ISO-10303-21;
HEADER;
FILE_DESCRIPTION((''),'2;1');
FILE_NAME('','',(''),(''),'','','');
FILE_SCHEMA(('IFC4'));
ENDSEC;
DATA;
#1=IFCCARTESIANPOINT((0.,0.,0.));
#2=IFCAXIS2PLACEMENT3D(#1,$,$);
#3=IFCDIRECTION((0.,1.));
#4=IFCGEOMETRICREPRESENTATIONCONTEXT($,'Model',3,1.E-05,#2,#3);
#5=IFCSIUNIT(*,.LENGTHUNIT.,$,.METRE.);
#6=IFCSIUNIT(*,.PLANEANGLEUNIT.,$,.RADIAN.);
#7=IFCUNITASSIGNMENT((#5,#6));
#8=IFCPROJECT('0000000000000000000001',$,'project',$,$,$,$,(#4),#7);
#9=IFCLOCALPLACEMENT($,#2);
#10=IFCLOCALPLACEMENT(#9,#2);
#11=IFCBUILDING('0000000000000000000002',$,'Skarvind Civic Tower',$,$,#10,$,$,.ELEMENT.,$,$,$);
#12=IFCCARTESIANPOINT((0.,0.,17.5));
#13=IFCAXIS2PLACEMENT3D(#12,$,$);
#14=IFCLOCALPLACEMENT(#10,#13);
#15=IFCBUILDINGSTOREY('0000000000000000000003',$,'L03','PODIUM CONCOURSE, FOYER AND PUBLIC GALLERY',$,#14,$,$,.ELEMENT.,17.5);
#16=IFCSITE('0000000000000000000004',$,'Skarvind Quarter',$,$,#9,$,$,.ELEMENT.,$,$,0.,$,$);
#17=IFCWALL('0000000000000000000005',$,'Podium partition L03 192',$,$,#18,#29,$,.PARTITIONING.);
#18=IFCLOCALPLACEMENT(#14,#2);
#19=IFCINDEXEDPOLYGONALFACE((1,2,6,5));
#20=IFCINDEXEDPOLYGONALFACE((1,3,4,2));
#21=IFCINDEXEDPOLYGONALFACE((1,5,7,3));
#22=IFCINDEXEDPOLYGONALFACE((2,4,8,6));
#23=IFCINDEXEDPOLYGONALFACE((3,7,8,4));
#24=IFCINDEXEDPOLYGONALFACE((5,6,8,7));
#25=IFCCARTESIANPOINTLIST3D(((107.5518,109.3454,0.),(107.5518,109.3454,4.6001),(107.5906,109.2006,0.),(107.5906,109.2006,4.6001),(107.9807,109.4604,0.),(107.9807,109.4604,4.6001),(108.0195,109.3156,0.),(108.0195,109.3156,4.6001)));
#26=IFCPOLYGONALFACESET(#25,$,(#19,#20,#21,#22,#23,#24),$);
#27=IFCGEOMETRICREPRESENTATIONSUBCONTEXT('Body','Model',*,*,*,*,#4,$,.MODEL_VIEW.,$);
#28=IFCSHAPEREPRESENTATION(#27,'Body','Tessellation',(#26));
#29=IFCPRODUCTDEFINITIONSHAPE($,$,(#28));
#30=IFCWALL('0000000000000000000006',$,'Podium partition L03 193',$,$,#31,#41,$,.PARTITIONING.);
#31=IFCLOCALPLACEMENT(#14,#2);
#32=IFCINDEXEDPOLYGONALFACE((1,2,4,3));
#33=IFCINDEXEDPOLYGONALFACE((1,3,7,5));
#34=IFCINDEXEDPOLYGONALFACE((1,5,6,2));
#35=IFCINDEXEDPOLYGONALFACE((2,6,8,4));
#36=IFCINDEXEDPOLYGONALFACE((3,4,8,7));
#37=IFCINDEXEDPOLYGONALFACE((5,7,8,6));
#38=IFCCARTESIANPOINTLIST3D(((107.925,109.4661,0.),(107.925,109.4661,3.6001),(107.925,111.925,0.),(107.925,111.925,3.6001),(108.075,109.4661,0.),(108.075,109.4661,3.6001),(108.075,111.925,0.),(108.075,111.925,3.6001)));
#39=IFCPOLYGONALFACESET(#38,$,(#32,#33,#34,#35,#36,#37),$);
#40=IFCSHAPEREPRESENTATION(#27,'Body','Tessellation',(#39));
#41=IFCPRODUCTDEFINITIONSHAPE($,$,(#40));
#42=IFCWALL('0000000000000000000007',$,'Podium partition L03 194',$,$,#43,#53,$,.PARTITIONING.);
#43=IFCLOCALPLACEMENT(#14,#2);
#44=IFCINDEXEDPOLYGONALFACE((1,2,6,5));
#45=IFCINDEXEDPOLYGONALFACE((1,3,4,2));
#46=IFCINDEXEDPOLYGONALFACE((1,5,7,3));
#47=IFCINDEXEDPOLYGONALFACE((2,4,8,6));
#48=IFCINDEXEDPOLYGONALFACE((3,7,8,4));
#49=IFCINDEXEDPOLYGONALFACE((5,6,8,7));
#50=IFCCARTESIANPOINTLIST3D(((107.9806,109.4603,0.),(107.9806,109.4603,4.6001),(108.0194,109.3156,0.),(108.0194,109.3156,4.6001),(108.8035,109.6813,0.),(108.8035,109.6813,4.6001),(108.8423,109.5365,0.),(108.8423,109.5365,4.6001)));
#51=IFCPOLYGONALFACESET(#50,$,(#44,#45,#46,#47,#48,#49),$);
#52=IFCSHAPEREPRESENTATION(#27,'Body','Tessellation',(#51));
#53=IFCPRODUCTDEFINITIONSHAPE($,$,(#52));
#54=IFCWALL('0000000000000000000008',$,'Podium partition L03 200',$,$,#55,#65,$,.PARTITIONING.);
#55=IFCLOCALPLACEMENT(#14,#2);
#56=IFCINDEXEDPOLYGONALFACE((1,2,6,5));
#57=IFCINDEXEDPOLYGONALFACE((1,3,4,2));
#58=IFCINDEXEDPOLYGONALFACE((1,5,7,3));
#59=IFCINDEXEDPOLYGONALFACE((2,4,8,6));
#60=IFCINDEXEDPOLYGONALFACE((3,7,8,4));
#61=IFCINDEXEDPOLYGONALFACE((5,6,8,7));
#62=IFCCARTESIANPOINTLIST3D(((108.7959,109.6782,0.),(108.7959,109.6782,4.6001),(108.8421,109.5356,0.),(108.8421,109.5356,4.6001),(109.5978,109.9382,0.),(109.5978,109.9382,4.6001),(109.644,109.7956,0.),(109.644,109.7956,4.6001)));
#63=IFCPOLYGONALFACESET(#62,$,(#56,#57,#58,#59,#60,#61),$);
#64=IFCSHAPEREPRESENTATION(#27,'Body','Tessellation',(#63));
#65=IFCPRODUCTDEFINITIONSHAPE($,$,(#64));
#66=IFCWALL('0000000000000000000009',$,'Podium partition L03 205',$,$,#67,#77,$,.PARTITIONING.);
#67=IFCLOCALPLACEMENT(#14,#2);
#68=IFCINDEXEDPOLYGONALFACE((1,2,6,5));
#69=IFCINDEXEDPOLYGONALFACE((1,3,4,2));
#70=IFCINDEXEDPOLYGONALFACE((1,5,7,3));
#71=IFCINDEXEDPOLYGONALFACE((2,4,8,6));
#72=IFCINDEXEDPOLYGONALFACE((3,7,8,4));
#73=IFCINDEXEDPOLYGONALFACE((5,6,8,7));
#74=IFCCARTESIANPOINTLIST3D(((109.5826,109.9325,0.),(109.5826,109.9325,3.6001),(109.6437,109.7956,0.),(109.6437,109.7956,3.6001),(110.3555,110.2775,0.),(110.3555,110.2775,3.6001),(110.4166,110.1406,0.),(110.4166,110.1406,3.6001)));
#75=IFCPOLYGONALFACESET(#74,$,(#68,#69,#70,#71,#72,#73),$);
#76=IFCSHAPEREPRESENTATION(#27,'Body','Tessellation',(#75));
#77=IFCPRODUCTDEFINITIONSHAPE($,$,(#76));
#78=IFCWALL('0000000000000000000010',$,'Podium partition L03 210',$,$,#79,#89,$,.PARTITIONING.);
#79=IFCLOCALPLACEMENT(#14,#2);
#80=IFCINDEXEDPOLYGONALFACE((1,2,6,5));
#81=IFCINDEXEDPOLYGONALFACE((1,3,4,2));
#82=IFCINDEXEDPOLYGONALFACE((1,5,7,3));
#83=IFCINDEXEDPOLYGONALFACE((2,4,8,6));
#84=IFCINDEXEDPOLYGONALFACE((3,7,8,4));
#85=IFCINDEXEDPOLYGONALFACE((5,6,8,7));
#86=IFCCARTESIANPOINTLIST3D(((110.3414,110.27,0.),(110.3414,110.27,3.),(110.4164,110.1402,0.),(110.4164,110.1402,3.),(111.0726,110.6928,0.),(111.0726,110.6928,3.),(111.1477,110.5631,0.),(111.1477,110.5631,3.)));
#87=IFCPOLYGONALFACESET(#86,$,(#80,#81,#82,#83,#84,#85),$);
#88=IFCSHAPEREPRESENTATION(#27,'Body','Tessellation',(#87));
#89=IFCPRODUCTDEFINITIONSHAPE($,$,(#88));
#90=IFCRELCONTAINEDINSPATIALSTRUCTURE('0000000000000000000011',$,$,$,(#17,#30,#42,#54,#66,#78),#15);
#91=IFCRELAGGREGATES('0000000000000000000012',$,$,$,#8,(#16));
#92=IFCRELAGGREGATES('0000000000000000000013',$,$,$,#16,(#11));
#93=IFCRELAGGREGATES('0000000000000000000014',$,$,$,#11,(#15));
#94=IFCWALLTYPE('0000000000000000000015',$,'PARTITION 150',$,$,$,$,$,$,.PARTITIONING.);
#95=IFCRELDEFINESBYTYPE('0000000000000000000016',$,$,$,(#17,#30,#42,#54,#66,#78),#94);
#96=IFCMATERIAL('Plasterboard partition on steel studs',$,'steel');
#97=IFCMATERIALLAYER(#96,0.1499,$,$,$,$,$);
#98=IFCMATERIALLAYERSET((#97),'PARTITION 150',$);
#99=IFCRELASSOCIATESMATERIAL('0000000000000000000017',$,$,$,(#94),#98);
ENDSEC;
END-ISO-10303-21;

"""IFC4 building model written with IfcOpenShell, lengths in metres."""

from ifc_helpers import new_model, si_unit, direction, frame, frame_2d, origin, place, context, subcontext, project, spatial, rectangle, extrude, material, layer, layer_set, type_object, element, save


model = new_model("IFC4")

# Units and contexts
model_context = context("Model", 3, precision=1e-05, world=origin(), true_north=direction((0.0, 1.0)))
body_context = subcontext(model_context, "Body", "Model", "MODEL_VIEW")
ifc_project = project(units=[si_unit("LENGTHUNIT", "METRE"), si_unit("PLANEANGLEUNIT", "RADIAN")], contexts=[model_context])

# Site, building, storey
site_placement = place(None, origin())
site = spatial("IfcSite", under=ifc_project, at=site_placement, Name="Skarvind Quarter", CompositionType="ELEMENT", RefElevation=0.0)
building_placement = place(site_placement, origin())
building = spatial("IfcBuilding", under=site, at=building_placement, Name="Skarvind Civic Tower", CompositionType="ELEMENT")
storey_placement = place(building_placement, frame((0.0, 0.0, 17.5)))
storey = spatial("IfcBuildingStorey", under=building, at=storey_placement, Name="L03", Description="PODIUM CONCOURSE, FOYER AND PUBLIC GALLERY", CompositionType="ELEMENT", Elevation=17.5)

# Walls
ifc_material_1 = material(Name="Plasterboard partition on steel studs", Category="steel")
ifc_layer_1 = layer(ifc_material_1, 0.1499)
ifc_layer_set_1 = layer_set([ifc_layer_1], Name="PARTITION 150")
wall_type_1 = type_object("IfcWallType", Name="PARTITION 150", PredefinedType="PARTITIONING", material=ifc_layer_set_1)
wall_1_placement = place(storey_placement, frame((107.571, 109.2729, 0.0), z_axis=(0.0, 0.0, 1.0), x_axis=(0.965897, 0.258928, 0.0)))
element("IfcWall", 1, at=wall_1_placement, inside=storey, type_object=wall_type_1, Name="Podium partition L03 192", PredefinedType="PARTITIONING", context=body_context, shape_type="SweptSolid", body=[
    extrude(rectangle(XDim=0.4441, YDim=0.1499, at=frame_2d((0.2222, 0.0))), origin(), (0.0, 0.0, 1.0), 4.6001),
])
wall_2_placement = place(storey_placement, frame((108.0, 109.4661, 0.0), z_axis=(0.0, 0.0, 1.0), x_axis=(0.0, 1.0, 0.0)))
element("IfcWall", 2, at=wall_2_placement, inside=storey, type_object=wall_type_1, Name="Podium partition L03 193", PredefinedType="PARTITIONING", context=body_context, shape_type="SweptSolid", body=[
    extrude(rectangle(XDim=2.459, YDim=0.1499, at=frame_2d((1.2295, 0.0))), origin(), (0.0, 0.0, 1.0), 3.6001),
])
wall_3_placement = place(storey_placement, frame((108.0, 109.3879, 0.0), z_axis=(0.0, 0.0, 1.0), x_axis=(0.965801, 0.259285, 0.0)))
element("IfcWall", 3, at=wall_3_placement, inside=storey, type_object=wall_type_1, Name="Podium partition L03 194", PredefinedType="PARTITIONING", context=body_context, shape_type="SweptSolid", body=[
    extrude(rectangle(XDim=0.8521, YDim=0.1499, at=frame_2d((0.426, 0.0))), origin(), (0.0, 0.0, 1.0), 4.6001),
])
wall_4_placement = place(storey_placement, frame((108.8191, 109.6069, 0.0), z_axis=(0.0, 0.0, 1.0), x_axis=(0.951257, 0.308398, 0.0)))
element("IfcWall", 4, at=wall_4_placement, inside=storey, type_object=wall_type_1, Name="Podium partition L03 200", PredefinedType="PARTITIONING", context=body_context, shape_type="SweptSolid", body=[
    extrude(rectangle(XDim=0.843, YDim=0.1499, at=frame_2d((0.4214, 0.0))), origin(), (0.0, 0.0, 1.0), 4.6001),
])
wall_5_placement = place(storey_placement, frame((109.613, 109.864, 0.0), z_axis=(0.0, 0.0, 1.0), x_axis=(0.91318, 0.407556, 0.0)))
element("IfcWall", 5, at=wall_5_placement, inside=storey, type_object=wall_type_1, Name="Podium partition L03 205", PredefinedType="PARTITIONING", context=body_context, shape_type="SweptSolid", body=[
    extrude(rectangle(XDim=0.8464, YDim=0.1499, at=frame_2d((0.4233, 0.0))), origin(), (0.0, 0.0, 1.0), 3.6001),
])
wall_6_placement = place(storey_placement, frame((110.3789, 110.2051, 0.0), z_axis=(0.0, 0.0, 1.0), x_axis=(0.86567, 0.500615, 0.0)))
element("IfcWall", 6, at=wall_6_placement, inside=storey, type_object=wall_type_1, Name="Podium partition L03 210", PredefinedType="PARTITIONING", context=body_context, shape_type="SweptSolid", body=[
    extrude(rectangle(XDim=0.8447, YDim=0.1499, at=frame_2d((0.4224, 0.0))), origin(), (0.0, 0.0, 1.0), 3.0),
])

save(model, "model.ifc")
